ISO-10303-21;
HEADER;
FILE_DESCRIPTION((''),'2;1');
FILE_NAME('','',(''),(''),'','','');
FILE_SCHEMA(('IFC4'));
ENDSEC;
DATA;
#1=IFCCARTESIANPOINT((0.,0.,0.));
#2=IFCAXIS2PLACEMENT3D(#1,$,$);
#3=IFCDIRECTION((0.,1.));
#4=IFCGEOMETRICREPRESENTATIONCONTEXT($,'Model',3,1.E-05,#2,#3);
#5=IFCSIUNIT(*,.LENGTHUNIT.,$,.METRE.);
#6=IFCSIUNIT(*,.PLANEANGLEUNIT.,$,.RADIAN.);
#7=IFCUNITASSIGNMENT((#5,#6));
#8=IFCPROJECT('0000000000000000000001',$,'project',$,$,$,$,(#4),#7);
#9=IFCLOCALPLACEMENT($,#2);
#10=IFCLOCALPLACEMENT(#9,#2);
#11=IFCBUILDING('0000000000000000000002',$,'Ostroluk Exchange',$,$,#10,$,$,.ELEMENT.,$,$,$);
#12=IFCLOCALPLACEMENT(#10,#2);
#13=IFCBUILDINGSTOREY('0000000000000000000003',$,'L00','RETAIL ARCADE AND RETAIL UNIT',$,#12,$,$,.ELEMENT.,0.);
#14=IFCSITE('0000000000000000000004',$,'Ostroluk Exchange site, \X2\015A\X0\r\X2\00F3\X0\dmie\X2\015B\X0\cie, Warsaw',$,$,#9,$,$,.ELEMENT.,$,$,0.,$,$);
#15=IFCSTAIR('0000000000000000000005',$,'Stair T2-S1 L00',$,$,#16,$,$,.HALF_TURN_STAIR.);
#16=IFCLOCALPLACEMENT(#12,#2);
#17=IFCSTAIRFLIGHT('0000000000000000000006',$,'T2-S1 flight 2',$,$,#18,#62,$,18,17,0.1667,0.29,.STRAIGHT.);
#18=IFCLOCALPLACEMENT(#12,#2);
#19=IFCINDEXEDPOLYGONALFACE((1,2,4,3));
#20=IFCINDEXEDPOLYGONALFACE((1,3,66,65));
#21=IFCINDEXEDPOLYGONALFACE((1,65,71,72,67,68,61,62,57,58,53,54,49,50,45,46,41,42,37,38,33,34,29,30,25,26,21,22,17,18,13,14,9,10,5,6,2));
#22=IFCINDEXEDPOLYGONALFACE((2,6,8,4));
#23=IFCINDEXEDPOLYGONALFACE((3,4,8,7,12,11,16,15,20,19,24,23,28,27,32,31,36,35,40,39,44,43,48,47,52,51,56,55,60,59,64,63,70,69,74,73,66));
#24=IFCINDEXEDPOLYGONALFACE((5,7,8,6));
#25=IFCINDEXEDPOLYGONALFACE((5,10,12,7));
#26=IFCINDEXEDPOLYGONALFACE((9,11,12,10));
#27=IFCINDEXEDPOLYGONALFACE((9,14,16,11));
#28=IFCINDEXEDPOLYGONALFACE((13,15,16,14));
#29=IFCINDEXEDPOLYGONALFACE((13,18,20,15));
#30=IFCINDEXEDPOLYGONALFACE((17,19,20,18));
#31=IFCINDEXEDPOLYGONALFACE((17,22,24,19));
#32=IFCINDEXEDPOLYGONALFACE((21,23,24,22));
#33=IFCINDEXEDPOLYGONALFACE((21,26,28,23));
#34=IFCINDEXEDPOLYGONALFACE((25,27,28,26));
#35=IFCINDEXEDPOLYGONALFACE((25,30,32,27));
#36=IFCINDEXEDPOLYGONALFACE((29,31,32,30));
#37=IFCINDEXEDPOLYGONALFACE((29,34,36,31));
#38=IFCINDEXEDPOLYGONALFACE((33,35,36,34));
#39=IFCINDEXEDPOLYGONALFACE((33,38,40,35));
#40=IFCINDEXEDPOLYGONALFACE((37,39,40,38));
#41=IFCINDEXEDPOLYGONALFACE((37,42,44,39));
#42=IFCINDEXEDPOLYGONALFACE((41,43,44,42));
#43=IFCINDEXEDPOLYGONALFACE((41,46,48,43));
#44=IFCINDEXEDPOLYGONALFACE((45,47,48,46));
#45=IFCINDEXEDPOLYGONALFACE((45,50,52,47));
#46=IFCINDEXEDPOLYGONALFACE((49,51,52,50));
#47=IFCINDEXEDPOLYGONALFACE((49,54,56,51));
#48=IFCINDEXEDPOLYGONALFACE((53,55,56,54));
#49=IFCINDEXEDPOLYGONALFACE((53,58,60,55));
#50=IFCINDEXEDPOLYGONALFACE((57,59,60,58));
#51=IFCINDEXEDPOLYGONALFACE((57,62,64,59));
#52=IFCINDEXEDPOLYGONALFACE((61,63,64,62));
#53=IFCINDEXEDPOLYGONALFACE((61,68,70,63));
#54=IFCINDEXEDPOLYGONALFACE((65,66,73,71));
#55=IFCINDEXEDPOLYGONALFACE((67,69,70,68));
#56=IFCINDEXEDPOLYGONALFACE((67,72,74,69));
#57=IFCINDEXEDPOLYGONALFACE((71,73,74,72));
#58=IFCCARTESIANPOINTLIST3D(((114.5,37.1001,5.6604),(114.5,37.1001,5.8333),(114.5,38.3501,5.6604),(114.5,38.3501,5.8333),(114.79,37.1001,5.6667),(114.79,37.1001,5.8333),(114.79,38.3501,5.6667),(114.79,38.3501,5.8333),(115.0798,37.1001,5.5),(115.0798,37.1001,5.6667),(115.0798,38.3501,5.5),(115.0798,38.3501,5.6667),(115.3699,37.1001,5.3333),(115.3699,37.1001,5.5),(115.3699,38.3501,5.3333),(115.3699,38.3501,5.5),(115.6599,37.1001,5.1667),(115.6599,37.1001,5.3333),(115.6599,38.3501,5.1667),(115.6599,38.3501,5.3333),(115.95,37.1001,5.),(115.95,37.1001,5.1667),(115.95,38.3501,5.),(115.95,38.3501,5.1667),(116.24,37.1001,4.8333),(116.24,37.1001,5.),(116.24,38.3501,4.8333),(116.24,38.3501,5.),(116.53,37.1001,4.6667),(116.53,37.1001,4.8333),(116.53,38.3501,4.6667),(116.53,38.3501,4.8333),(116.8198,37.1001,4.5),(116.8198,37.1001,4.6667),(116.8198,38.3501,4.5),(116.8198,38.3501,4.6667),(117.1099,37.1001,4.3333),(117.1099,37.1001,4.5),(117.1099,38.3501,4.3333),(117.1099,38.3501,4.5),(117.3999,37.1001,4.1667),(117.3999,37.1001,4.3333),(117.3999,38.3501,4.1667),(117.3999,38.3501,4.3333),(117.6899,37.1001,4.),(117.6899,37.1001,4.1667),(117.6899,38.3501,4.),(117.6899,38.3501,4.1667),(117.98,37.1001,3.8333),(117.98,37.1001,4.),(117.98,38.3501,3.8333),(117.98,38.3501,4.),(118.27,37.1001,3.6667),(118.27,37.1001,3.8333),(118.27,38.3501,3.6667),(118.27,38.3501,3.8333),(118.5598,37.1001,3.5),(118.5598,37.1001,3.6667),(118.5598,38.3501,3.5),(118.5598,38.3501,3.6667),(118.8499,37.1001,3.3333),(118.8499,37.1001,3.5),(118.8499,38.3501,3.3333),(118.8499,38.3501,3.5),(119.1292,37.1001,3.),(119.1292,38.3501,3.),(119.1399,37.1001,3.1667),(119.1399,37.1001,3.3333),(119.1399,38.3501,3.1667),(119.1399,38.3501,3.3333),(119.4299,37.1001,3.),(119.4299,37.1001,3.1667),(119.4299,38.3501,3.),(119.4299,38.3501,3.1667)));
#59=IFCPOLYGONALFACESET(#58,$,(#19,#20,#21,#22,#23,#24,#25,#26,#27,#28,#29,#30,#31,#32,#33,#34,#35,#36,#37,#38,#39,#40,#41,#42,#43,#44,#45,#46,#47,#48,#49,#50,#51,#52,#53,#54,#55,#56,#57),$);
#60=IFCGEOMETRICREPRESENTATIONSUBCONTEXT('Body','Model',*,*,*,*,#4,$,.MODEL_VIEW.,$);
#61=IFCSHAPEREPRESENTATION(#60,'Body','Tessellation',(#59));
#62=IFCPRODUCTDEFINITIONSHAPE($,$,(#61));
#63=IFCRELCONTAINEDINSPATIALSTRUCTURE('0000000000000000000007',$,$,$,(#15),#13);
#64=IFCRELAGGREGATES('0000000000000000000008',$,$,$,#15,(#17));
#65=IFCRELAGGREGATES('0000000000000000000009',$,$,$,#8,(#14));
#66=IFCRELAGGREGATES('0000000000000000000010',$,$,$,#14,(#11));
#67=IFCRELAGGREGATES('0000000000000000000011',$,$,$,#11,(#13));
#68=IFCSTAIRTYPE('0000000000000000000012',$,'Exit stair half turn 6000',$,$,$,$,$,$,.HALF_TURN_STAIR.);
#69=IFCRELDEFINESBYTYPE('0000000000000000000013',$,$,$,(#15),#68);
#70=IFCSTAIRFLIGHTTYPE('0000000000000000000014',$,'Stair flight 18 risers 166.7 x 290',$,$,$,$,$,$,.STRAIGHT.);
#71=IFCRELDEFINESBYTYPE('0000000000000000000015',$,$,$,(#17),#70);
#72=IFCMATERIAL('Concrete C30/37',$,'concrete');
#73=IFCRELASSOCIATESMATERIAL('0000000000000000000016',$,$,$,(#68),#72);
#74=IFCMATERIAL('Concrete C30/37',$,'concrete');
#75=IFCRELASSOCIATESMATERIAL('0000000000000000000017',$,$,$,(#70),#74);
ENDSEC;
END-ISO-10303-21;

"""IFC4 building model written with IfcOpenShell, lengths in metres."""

from ifc_helpers import new_model, si_unit, direction, frame, origin, place, context, subcontext, project, spatial, polyline, outline, extrude, material, type_object, element, aggregate, save


model = new_model("IFC4")

# Units and contexts
model_context = context("Model", 3, precision=1e-05, world=origin(), true_north=direction((0.0, 1.0)))
body_context = subcontext(model_context, "Body", "Model", "MODEL_VIEW")
ifc_project = project(units=[si_unit("LENGTHUNIT", "METRE"), si_unit("PLANEANGLEUNIT", "RADIAN")], contexts=[model_context])

# Site, building, storey
site_placement = place(None, origin())
site = spatial("IfcSite", under=ifc_project, at=site_placement, Name="Ostroluk Exchange site, Śródmieście, Warsaw", CompositionType="ELEMENT", RefElevation=0.0)
building_placement = place(site_placement, origin())
building = spatial("IfcBuilding", under=site, at=building_placement, Name="Ostroluk Exchange", CompositionType="ELEMENT")
storey_placement = place(building_placement, origin())
storey = spatial("IfcBuildingStorey", under=building, at=storey_placement, Name="L00", Description="RETAIL ARCADE AND RETAIL UNIT", CompositionType="ELEMENT", Elevation=0.0)

# Stair, stair flight
ifc_material_1 = material(Name="Concrete C30/37", Category="concrete")
stair_type = type_object("IfcStairType", Name="Exit stair half turn 6000", PredefinedType="HALF_TURN_STAIR", material=ifc_material_1)
stair_placement = place(storey_placement, origin())
stair = element("IfcStair", 1, at=stair_placement, inside=storey, type_object=stair_type, Name="Stair T2-S1 L00", PredefinedType="HALF_TURN_STAIR")
ifc_material_2 = material(Name="Concrete C30/37", Category="concrete")
stair_flight_type = type_object("IfcStairFlightType", Name="Stair flight 18 risers 166.7 x 290", PredefinedType="STRAIGHT", material=ifc_material_2)
stair_flight_1_placement = place(storey_placement, frame((119.4299, 37.7251, 3.0), z_axis=(0.0, 0.0, 1.0), x_axis=(-1.0, 0.0, 0.0)))
stair_flight_1 = element("IfcStairFlight", 2, at=stair_flight_1_placement, type_object=stair_flight_type, Name="T2-S1 flight 2", NumberOfRisers=18, NumberOfTreads=17, PredefinedType="STRAIGHT", RiserHeight=0.1667, TreadLength=0.29, context=body_context, shape_type="SweptSolid", body=[
    extrude(outline(polyline([(0.0, 0.0), (0.0, 0.1667), (0.29, 0.1667), (0.29, 0.3333), (0.5801, 0.3333), (0.5801, 0.5), (0.8701, 0.5), (0.8701, 0.6667), (1.1599, 0.6667), (1.1599, 0.8333), (1.45, 0.8333), (1.45, 1.0), (1.74, 1.0), (1.74, 1.1667), (2.03, 1.1667), (2.03, 1.3333), (2.3201, 1.3333), (2.3201, 1.5), (2.6101, 1.5), (2.6101, 1.6667), (2.8999, 1.6667), (2.8999, 1.8333), (3.1899, 1.8333), (3.1899, 2.0), (3.48, 2.0), (3.48, 2.1667), (3.77, 2.1667), (3.77, 2.3333), (4.0601, 2.3333), (4.0601, 2.5), (4.3501, 2.5), (4.3501, 2.6667), (4.6399, 2.6667), (4.6399, 2.8333), (4.9299, 2.8333), (4.9299, 3.0), (4.9299, 2.6604), (0.3008, 0.0), (0.0, 0.0)])), frame((0.0, 0.625, 0.0), z_axis=(0.0, -1.0, 0.0), x_axis=(1.0, 0.0, 0.0)), (0.0, 0.0, 1.0), 1.25),
])
aggregate(stair, [stair_flight_1])

save(model, "model.ifc")
